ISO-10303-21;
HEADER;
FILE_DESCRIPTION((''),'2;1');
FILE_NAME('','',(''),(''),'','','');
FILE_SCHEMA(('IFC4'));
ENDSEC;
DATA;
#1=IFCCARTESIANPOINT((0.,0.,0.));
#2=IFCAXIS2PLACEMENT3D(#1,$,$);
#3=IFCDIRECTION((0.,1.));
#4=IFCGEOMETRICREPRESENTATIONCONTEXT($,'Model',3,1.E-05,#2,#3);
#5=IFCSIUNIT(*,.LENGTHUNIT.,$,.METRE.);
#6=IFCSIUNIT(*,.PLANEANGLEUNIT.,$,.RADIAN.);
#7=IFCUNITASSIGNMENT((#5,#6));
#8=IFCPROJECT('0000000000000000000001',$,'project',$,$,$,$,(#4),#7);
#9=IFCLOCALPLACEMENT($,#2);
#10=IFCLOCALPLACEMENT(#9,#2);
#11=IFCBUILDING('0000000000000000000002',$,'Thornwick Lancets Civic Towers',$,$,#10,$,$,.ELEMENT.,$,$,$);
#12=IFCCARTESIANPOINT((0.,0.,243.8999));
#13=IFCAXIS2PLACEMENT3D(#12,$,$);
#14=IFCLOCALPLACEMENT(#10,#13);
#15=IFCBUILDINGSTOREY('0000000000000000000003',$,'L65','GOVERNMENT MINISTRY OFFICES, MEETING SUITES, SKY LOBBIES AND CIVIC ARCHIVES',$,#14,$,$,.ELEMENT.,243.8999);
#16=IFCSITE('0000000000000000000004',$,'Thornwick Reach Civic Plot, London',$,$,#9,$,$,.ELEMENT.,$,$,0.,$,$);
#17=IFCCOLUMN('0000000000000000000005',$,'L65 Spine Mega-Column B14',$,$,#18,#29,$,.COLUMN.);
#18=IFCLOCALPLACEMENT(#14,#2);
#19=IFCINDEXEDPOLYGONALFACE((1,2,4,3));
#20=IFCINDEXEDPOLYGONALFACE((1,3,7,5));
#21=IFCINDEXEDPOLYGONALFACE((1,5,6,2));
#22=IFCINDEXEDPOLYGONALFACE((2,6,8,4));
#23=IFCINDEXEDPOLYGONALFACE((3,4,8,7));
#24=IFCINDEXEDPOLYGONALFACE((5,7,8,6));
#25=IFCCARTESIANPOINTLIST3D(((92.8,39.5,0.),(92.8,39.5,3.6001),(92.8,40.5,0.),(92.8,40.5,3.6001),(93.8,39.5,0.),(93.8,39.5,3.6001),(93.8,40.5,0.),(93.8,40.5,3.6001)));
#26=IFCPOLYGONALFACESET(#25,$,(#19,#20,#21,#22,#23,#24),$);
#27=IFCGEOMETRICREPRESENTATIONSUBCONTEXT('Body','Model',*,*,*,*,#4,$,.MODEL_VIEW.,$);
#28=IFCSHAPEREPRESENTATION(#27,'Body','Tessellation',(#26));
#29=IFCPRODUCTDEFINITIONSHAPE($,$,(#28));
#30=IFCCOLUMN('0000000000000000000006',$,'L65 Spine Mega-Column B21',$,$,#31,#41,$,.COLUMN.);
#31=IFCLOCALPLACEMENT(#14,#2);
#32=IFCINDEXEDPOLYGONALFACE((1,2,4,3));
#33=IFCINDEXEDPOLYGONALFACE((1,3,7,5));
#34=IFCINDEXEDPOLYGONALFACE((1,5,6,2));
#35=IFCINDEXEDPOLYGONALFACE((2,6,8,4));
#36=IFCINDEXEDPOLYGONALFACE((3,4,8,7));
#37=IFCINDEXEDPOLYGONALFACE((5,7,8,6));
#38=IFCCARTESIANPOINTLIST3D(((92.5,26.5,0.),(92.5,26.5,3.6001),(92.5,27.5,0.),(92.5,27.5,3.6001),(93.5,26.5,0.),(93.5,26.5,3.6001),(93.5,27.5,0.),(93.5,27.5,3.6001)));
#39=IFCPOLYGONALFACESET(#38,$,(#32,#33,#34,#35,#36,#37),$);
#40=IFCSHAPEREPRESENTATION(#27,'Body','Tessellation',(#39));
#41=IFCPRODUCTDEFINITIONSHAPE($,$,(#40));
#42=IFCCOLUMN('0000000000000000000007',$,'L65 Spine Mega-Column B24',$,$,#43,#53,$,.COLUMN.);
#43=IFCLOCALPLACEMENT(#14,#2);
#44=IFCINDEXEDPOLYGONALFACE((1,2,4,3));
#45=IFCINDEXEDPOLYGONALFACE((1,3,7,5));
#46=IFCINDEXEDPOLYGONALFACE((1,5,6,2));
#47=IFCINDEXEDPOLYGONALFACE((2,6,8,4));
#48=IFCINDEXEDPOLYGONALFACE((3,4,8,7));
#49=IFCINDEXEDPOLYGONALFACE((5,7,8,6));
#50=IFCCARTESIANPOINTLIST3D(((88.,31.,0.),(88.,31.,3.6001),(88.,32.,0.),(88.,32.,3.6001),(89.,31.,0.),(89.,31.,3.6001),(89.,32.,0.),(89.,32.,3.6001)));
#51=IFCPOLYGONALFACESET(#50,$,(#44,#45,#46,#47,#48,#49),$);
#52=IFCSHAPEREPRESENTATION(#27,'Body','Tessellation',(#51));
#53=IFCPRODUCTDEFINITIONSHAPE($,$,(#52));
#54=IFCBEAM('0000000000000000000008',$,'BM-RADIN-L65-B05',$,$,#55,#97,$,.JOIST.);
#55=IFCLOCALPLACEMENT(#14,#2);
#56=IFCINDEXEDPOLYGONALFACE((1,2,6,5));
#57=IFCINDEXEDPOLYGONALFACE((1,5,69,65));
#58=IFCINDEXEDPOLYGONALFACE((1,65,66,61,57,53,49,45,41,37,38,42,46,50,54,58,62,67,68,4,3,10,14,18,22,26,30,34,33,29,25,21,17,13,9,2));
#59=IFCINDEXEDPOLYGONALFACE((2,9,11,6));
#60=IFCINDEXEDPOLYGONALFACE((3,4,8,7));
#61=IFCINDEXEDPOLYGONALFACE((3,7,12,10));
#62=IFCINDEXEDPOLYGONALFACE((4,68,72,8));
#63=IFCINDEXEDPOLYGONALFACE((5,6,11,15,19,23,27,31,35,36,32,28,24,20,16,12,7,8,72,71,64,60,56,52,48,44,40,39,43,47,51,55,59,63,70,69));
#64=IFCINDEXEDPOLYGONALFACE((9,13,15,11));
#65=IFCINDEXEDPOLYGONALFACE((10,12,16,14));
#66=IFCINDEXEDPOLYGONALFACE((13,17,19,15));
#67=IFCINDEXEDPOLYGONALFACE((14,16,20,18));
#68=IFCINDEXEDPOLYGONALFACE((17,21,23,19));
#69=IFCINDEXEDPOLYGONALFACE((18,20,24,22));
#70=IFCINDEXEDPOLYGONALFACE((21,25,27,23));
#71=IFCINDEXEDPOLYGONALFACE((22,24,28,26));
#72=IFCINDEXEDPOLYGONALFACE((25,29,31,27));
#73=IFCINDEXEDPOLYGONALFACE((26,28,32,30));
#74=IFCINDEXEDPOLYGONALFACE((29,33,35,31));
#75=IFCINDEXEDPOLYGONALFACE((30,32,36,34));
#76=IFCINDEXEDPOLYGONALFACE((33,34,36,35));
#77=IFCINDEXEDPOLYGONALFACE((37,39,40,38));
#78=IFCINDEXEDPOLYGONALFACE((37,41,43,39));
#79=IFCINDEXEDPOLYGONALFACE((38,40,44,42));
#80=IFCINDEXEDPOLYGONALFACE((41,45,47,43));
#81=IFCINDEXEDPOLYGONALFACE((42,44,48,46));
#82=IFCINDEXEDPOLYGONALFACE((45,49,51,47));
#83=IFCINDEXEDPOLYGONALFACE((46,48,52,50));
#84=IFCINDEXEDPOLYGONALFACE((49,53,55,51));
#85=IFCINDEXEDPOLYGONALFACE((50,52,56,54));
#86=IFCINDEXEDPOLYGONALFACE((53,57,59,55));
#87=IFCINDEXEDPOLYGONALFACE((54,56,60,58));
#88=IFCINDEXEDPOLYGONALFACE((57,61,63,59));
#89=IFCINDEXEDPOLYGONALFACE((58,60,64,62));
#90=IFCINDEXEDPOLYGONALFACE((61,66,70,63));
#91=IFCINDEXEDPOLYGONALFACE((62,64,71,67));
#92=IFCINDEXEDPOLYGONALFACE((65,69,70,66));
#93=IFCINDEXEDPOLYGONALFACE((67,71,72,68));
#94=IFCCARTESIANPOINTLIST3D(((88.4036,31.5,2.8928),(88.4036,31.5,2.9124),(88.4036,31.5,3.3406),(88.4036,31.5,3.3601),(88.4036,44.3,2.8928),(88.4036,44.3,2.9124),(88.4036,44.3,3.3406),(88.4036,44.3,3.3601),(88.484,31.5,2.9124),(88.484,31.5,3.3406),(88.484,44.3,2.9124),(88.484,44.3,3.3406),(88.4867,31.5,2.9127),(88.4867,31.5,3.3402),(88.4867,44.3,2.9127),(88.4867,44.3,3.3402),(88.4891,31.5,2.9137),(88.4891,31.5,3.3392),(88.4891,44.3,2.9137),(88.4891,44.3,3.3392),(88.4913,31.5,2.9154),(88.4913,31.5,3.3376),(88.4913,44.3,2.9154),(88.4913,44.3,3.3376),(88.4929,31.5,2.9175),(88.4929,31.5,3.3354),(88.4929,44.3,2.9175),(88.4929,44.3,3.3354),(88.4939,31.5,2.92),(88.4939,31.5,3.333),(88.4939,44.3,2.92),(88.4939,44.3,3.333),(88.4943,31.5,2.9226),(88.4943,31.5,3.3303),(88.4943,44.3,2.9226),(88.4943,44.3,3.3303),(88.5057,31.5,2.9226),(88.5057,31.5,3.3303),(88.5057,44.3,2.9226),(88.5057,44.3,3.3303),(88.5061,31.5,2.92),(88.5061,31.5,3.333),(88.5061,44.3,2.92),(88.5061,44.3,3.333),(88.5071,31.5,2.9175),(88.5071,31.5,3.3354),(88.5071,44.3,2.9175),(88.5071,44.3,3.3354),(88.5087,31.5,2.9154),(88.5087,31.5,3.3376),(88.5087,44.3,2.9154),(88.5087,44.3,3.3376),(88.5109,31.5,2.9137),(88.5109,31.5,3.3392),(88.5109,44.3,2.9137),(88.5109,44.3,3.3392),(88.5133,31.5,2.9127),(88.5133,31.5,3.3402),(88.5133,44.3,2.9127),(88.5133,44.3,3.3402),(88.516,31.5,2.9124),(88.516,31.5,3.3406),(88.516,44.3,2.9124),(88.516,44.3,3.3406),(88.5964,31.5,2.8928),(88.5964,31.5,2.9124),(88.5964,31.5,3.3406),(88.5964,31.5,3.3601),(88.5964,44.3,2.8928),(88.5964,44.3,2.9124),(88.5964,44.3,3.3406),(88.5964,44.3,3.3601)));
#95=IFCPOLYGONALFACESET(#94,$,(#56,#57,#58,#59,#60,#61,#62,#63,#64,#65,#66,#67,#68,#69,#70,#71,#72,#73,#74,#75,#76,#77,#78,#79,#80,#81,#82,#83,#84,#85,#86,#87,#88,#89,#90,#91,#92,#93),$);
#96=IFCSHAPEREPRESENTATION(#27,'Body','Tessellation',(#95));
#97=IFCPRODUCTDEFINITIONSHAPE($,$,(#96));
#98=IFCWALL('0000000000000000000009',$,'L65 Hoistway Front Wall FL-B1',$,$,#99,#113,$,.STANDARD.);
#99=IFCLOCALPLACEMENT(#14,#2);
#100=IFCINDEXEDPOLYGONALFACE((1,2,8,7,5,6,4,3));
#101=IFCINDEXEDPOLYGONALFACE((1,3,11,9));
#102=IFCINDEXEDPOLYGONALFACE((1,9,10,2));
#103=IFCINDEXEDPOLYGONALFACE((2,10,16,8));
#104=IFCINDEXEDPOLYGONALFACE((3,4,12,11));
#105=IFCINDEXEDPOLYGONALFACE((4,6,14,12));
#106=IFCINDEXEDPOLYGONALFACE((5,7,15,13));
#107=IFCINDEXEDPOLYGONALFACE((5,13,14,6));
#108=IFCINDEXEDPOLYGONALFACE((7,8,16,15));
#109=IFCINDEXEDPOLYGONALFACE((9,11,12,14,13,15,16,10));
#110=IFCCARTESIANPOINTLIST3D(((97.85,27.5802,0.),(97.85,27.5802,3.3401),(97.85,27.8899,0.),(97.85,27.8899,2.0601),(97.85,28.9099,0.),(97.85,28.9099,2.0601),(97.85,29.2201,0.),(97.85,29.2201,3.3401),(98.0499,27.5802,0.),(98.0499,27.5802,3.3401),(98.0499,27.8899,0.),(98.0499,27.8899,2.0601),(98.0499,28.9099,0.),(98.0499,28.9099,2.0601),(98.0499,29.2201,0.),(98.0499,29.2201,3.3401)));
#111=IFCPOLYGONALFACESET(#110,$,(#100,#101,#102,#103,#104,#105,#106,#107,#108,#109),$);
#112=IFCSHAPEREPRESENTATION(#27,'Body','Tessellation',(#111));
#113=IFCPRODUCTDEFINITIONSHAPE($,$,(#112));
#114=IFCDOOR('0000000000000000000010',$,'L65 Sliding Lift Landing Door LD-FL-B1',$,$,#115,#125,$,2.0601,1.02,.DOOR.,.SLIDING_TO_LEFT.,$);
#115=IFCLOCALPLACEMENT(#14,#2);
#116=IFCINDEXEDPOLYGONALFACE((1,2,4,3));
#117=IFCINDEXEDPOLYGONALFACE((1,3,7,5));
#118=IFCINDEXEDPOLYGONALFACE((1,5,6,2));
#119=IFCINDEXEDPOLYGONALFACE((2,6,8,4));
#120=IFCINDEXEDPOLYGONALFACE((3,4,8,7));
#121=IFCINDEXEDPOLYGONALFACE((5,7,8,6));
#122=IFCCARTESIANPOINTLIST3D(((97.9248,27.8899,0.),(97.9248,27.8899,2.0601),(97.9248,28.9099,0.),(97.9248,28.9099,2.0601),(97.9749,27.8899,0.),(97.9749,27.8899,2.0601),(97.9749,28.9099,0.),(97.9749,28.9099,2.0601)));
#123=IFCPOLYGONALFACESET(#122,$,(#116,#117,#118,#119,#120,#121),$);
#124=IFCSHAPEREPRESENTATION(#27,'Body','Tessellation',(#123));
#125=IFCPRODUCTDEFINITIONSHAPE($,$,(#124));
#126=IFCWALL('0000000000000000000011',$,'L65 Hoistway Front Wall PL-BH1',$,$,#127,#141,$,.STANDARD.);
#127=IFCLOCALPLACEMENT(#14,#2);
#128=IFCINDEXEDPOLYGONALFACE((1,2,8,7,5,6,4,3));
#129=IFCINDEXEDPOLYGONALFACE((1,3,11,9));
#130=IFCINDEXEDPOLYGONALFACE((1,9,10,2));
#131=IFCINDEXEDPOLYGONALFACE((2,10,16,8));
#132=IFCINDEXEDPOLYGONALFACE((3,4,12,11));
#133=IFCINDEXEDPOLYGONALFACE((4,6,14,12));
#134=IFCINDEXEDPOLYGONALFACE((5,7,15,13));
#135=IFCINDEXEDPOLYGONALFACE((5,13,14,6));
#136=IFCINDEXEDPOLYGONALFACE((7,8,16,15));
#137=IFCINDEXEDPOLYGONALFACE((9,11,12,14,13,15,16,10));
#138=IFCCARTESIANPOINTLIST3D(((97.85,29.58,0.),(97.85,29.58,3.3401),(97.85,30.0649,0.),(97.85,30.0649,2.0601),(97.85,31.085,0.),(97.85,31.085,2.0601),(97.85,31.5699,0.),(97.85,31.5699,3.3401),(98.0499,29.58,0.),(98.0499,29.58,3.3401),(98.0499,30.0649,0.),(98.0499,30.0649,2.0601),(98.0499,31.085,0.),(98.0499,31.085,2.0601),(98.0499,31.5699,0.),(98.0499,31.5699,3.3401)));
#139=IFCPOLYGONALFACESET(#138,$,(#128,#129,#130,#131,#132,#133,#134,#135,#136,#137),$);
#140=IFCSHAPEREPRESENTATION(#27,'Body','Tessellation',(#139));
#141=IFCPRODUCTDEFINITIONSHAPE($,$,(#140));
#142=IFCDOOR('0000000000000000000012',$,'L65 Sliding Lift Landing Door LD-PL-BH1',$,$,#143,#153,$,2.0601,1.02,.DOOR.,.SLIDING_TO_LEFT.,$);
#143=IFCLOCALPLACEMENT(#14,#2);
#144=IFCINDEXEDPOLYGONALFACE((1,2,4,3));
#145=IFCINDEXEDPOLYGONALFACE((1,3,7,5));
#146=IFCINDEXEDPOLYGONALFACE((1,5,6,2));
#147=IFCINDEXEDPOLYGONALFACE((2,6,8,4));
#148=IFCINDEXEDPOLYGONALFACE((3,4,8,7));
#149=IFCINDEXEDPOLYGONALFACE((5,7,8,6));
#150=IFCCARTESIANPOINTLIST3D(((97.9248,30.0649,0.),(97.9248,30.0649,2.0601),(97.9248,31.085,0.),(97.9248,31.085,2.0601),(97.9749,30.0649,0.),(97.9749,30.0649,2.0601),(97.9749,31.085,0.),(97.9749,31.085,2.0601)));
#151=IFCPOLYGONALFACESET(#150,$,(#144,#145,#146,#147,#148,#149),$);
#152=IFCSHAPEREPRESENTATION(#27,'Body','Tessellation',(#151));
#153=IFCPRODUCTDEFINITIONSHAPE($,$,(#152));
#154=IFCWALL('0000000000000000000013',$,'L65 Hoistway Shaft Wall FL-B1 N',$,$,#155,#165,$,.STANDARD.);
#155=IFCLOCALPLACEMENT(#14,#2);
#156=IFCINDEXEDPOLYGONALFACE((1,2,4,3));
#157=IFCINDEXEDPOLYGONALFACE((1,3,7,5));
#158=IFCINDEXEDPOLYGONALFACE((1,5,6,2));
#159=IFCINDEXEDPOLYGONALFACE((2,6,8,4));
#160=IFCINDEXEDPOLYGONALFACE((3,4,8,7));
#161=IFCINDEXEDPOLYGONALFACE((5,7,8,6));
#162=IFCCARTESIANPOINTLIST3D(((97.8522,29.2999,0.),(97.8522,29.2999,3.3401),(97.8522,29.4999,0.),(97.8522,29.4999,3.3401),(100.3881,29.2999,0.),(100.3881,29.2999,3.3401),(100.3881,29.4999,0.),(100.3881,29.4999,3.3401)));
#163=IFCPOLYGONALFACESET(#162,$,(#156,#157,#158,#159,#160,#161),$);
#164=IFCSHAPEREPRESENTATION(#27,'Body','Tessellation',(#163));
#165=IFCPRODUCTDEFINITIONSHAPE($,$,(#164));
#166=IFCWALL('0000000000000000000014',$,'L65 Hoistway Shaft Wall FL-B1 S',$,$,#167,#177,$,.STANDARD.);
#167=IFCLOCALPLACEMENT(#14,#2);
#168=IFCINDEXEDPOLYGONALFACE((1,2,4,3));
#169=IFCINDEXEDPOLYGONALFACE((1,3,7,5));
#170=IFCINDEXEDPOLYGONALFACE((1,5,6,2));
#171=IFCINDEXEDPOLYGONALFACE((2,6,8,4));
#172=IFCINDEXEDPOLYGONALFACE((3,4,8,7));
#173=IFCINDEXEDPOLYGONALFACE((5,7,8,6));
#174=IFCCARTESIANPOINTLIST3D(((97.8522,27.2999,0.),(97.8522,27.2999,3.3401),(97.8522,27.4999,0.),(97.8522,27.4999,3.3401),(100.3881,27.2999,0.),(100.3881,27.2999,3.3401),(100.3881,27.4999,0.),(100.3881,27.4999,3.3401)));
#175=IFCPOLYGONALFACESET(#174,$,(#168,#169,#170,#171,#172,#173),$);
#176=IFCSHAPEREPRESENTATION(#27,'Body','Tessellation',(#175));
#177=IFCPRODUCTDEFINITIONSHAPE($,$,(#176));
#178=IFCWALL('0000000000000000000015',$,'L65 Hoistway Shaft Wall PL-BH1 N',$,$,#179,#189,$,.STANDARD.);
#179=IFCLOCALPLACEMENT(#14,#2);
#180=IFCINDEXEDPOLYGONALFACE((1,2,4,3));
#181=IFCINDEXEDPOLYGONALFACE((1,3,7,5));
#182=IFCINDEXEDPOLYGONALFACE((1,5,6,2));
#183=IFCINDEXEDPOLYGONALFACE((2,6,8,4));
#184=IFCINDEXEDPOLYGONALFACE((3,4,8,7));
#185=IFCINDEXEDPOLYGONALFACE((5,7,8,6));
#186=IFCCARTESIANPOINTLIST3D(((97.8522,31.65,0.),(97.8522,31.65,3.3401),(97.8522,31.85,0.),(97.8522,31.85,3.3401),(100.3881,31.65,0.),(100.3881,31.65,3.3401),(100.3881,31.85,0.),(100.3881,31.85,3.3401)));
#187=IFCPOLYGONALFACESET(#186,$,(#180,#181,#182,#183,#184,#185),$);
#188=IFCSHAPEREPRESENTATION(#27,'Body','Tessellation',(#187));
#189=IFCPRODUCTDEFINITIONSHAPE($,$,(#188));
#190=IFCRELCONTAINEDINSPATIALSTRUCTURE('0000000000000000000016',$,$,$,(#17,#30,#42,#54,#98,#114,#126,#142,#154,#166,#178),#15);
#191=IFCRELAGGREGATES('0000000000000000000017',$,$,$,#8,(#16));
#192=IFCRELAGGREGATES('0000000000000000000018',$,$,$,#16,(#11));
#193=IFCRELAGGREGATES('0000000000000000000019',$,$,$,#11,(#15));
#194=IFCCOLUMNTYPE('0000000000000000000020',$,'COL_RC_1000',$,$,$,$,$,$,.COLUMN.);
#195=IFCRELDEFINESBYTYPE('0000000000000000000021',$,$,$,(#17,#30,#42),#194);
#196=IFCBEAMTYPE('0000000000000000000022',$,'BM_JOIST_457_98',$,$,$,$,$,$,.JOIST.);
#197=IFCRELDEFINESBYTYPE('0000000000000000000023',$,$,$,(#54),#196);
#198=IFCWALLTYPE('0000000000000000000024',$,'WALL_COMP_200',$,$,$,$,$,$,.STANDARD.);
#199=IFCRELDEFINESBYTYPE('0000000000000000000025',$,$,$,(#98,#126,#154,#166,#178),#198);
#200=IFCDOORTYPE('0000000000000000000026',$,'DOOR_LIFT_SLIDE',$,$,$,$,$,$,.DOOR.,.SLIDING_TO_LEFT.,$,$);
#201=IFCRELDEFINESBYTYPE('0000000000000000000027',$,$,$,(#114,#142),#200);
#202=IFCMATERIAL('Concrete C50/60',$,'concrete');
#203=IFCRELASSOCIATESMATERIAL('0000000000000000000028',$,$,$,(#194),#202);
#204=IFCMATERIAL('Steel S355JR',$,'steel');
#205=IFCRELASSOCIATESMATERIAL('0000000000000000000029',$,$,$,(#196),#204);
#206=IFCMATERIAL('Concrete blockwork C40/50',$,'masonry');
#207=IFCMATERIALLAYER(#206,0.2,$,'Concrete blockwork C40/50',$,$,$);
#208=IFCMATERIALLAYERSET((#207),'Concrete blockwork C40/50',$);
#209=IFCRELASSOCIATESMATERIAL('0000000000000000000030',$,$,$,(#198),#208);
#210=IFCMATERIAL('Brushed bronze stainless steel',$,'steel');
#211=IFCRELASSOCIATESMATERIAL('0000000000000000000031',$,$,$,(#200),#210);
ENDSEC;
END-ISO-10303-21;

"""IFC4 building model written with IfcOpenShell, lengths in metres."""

from ifc_helpers import new_model, si_unit, direction, frame, frame_2d, origin, origin_2d, place, context, subcontext, project, spatial, rectangle, i_section, extrude, material, layer, layer_set, material_profile, profile_set, type_object, element, fill, save


model = new_model("IFC4")

# Units and contexts
model_context = context("Model", 3, precision=1e-05, world=origin(), true_north=direction((0.0, 1.0)))
body_context = subcontext(model_context, "Body", "Model", "MODEL_VIEW")
ifc_project = project(units=[si_unit("LENGTHUNIT", "METRE"), si_unit("PLANEANGLEUNIT", "RADIAN")], contexts=[model_context])

# Site, building, storey
site_placement = place(None, origin())
site = spatial("IfcSite", under=ifc_project, at=site_placement, Name="Thornwick Reach Civic Plot, London", CompositionType="ELEMENT", RefElevation=0.0)
building_placement = place(site_placement, origin())
building = spatial("IfcBuilding", under=site, at=building_placement, Name="Thornwick Lancets Civic Towers", CompositionType="ELEMENT")
storey_placement = place(building_placement, frame((0.0, 0.0, 243.8999)))
storey = spatial("IfcBuildingStorey", under=building, at=storey_placement, Name="L65", Description="GOVERNMENT MINISTRY OFFICES, MEETING SUITES, SKY LOBBIES AND CIVIC ARCHIVES", CompositionType="ELEMENT", Elevation=243.8999)

# Columns
ifc_material_1 = material(Name="Concrete C50/60", Category="concrete")
ifc_material_profile_1 = material_profile(ifc_material_1, rectangle(XDim=1.0, YDim=1.0, at=origin_2d()), Name="RC 1000x1000")
ifc_profile_set_1 = profile_set([ifc_material_profile_1], Name="Concrete C50/60")
column_type = type_object("IfcColumnType", Name="COL_RC_1000", PredefinedType="COLUMN", material=ifc_profile_set_1)
for number, where, z_axis, x_axis, name in (
    (1, (93.3, 40.0, 0.0), (0.0, 0.0, 1.0), (1.0, 0.0, 0.0), "L65 Spine Mega-Column B14"),
    (2, (93.0, 27.0, 0.0), (0.0, 0.0, 1.0), (1.0, 0.0, 0.0), "L65 Spine Mega-Column B21"),
    (3, (88.5, 31.5, 0.0), (0.0, 0.0, 1.0), (1.0, 0.0, 0.0), "L65 Spine Mega-Column B24"),
):
    element("IfcColumn", number, at=place(storey_placement, frame(where, z_axis=z_axis, x_axis=x_axis)), inside=storey, type_object=column_type, Name=name, PredefinedType="COLUMN", context=body_context, shape_type="SweptSolid", body=[
        extrude(rectangle(XDim=1.0, YDim=1.0, at=origin_2d()), origin(), (0.0, 0.0, 1.0), 3.6001),
    ])

# Beam
ifc_material_2 = material(Name="Steel S355JR", Category="steel")
ifc_material_profile_2 = material_profile(ifc_material_2, i_section(OverallWidth=0.1929, OverallDepth=0.4673, WebThickness=0.0115, FlangeThickness=0.0195, FilletRadius=0.0103, at=origin_2d()), Name="UKB 457x191x98")
ifc_profile_set_2 = profile_set([ifc_material_profile_2], Name="Steel S355JR")
beam_type = type_object("IfcBeamType", Name="BM_JOIST_457_98", PredefinedType="JOIST", material=ifc_profile_set_2)
beam_placement = place(storey_placement, frame((88.5, 31.5, 3.1265), z_axis=(0.0, 1.0, 0.0), x_axis=(-1.0, 0.0, 0.0)))
element("IfcBeam", 4, at=beam_placement, inside=storey, type_object=beam_type, Name="BM-RADIN-L65-B05", PredefinedType="JOIST", context=body_context, shape_type="SweptSolid", body=[
    extrude(i_section(OverallWidth=0.1929, OverallDepth=0.4673, WebThickness=0.0115, FlangeThickness=0.0195, FilletRadius=0.0103, at=origin_2d()), origin(), (0.0, 0.0, 1.0), 12.8),
])

# Walls, openings, doors
ifc_material_3 = material(Name="Concrete blockwork C40/50", Category="masonry")
ifc_layer_1 = layer(ifc_material_3, 0.2, Name="Concrete blockwork C40/50")
ifc_layer_set_1 = layer_set([ifc_layer_1], Name="Concrete blockwork C40/50")
wall_type_1 = type_object("IfcWallType", Name="WALL_COMP_200", PredefinedType="STANDARD", material=ifc_layer_set_1)
wall_1_placement = place(storey_placement, frame((97.95, 29.22, 0.0), z_axis=(0.0, 0.0, 1.0), x_axis=(0.0, -1.0, 0.0)))
wall_1 = element("IfcWall", 5, at=wall_1_placement, inside=storey, type_object=wall_type_1, Name="L65 Hoistway Front Wall FL-B1", PredefinedType="STANDARD", context=body_context, shape_type="SweptSolid", body=[
    extrude(rectangle(XDim=1.6399, YDim=0.2, at=frame_2d((0.8198, 0.0))), origin(), (0.0, 0.0, 1.0), 3.3401),
])
opening_1_placement = place(wall_1_placement, frame((0.3101, 0.0, 0.0)))
opening_1 = element("IfcOpeningElement", 6, at=opening_1_placement, cuts=wall_1, PredefinedType="OPENING", context=body_context, shape_type="SweptSolid", body=[
    extrude(rectangle(XDim=1.02, YDim=2.0601, at=frame_2d((0.51, 1.03))), frame((0.0, 0.1099, 0.0), z_axis=(0.0, -1.0, 0.0), x_axis=(1.0, 0.0, 0.0)), (0.0, 0.0, 1.0), 0.22),
])
ifc_material_4 = material(Name="Brushed bronze stainless steel", Category="steel")
door_type_1 = type_object("IfcDoorType", Name="DOOR_LIFT_SLIDE", OperationType="SLIDING_TO_LEFT", PredefinedType="DOOR", material=ifc_material_4)
door_1_placement = place(opening_1_placement, origin())
door_1 = element("IfcDoor", 7, at=door_1_placement, inside=storey, type_object=door_type_1, Name="L65 Sliding Lift Landing Door LD-FL-B1", OperationType="SLIDING_TO_LEFT", OverallHeight=2.0601, OverallWidth=1.02, PredefinedType="DOOR", context=body_context, shape_type="SweptSolid", body=[
    extrude(rectangle(XDim=1.02, YDim=2.0601, at=frame_2d((0.51, 1.03))), frame((0.0, 0.0249, 0.0), z_axis=(0.0, -1.0, 0.0), x_axis=(1.0, 0.0, 0.0)), (0.0, 0.0, 1.0), 0.05),
])
fill(opening_1, door_1)
wall_2_placement = place(storey_placement, frame((97.95, 31.5701, 0.0), z_axis=(0.0, 0.0, 1.0), x_axis=(0.0, -1.0, 0.0)))
wall_2 = element("IfcWall", 8, at=wall_2_placement, inside=storey, type_object=wall_type_1, Name="L65 Hoistway Front Wall PL-BH1", PredefinedType="STANDARD", context=body_context, shape_type="SweptSolid", body=[
    extrude(rectangle(XDim=1.99, YDim=0.2, at=frame_2d((0.9951, 0.0))), origin(), (0.0, 0.0, 1.0), 3.3401),
])
opening_2_placement = place(wall_2_placement, frame((0.4851, 0.0, 0.0)))
opening_2 = element("IfcOpeningElement", 9, at=opening_2_placement, cuts=wall_2, PredefinedType="OPENING", context=body_context, shape_type="SweptSolid", body=[
    extrude(rectangle(XDim=1.02, YDim=2.0601, at=frame_2d((0.51, 1.03))), frame((0.0, 0.1099, 0.0), z_axis=(0.0, -1.0, 0.0), x_axis=(1.0, 0.0, 0.0)), (0.0, 0.0, 1.0), 0.22),
])
door_2_placement = place(opening_2_placement, origin())
door_2 = element("IfcDoor", 10, at=door_2_placement, inside=storey, type_object=door_type_1, Name="L65 Sliding Lift Landing Door LD-PL-BH1", OperationType="SLIDING_TO_LEFT", OverallHeight=2.0601, OverallWidth=1.02, PredefinedType="DOOR", context=body_context, shape_type="SweptSolid", body=[
    extrude(rectangle(XDim=1.02, YDim=2.0601, at=frame_2d((0.51, 1.03))), frame((0.0, 0.0249, 0.0), z_axis=(0.0, -1.0, 0.0), x_axis=(1.0, 0.0, 0.0)), (0.0, 0.0, 1.0), 0.05),
])
fill(opening_2, door_2)

# Walls
for number, where, z_axis, x_axis, name in (
    (11, (97.8521, 29.3999, 0.0), (0.0, 0.0, 1.0), (1.0, 0.0, 0.0), "L65 Hoistway Shaft Wall FL-B1 N"),
    (12, (97.8521, 27.3999, 0.0), (0.0, 0.0, 1.0), (1.0, 0.0, 0.0), "L65 Hoistway Shaft Wall FL-B1 S"),
    (13, (97.8521, 31.75, 0.0), (0.0, 0.0, 1.0), (1.0, 0.0, 0.0), "L65 Hoistway Shaft Wall PL-BH1 N"),
):
    element("IfcWall", number, at=place(storey_placement, frame(where, z_axis=z_axis, x_axis=x_axis)), inside=storey, type_object=wall_type_1, Name=name, PredefinedType="STANDARD", context=body_context, shape_type="SweptSolid", body=[
        extrude(rectangle(XDim=2.5359, YDim=0.2, at=frame_2d((1.2681, 0.0))), origin(), (0.0, 0.0, 1.0), 3.3401),
    ])

save(model, "model.ifc")
